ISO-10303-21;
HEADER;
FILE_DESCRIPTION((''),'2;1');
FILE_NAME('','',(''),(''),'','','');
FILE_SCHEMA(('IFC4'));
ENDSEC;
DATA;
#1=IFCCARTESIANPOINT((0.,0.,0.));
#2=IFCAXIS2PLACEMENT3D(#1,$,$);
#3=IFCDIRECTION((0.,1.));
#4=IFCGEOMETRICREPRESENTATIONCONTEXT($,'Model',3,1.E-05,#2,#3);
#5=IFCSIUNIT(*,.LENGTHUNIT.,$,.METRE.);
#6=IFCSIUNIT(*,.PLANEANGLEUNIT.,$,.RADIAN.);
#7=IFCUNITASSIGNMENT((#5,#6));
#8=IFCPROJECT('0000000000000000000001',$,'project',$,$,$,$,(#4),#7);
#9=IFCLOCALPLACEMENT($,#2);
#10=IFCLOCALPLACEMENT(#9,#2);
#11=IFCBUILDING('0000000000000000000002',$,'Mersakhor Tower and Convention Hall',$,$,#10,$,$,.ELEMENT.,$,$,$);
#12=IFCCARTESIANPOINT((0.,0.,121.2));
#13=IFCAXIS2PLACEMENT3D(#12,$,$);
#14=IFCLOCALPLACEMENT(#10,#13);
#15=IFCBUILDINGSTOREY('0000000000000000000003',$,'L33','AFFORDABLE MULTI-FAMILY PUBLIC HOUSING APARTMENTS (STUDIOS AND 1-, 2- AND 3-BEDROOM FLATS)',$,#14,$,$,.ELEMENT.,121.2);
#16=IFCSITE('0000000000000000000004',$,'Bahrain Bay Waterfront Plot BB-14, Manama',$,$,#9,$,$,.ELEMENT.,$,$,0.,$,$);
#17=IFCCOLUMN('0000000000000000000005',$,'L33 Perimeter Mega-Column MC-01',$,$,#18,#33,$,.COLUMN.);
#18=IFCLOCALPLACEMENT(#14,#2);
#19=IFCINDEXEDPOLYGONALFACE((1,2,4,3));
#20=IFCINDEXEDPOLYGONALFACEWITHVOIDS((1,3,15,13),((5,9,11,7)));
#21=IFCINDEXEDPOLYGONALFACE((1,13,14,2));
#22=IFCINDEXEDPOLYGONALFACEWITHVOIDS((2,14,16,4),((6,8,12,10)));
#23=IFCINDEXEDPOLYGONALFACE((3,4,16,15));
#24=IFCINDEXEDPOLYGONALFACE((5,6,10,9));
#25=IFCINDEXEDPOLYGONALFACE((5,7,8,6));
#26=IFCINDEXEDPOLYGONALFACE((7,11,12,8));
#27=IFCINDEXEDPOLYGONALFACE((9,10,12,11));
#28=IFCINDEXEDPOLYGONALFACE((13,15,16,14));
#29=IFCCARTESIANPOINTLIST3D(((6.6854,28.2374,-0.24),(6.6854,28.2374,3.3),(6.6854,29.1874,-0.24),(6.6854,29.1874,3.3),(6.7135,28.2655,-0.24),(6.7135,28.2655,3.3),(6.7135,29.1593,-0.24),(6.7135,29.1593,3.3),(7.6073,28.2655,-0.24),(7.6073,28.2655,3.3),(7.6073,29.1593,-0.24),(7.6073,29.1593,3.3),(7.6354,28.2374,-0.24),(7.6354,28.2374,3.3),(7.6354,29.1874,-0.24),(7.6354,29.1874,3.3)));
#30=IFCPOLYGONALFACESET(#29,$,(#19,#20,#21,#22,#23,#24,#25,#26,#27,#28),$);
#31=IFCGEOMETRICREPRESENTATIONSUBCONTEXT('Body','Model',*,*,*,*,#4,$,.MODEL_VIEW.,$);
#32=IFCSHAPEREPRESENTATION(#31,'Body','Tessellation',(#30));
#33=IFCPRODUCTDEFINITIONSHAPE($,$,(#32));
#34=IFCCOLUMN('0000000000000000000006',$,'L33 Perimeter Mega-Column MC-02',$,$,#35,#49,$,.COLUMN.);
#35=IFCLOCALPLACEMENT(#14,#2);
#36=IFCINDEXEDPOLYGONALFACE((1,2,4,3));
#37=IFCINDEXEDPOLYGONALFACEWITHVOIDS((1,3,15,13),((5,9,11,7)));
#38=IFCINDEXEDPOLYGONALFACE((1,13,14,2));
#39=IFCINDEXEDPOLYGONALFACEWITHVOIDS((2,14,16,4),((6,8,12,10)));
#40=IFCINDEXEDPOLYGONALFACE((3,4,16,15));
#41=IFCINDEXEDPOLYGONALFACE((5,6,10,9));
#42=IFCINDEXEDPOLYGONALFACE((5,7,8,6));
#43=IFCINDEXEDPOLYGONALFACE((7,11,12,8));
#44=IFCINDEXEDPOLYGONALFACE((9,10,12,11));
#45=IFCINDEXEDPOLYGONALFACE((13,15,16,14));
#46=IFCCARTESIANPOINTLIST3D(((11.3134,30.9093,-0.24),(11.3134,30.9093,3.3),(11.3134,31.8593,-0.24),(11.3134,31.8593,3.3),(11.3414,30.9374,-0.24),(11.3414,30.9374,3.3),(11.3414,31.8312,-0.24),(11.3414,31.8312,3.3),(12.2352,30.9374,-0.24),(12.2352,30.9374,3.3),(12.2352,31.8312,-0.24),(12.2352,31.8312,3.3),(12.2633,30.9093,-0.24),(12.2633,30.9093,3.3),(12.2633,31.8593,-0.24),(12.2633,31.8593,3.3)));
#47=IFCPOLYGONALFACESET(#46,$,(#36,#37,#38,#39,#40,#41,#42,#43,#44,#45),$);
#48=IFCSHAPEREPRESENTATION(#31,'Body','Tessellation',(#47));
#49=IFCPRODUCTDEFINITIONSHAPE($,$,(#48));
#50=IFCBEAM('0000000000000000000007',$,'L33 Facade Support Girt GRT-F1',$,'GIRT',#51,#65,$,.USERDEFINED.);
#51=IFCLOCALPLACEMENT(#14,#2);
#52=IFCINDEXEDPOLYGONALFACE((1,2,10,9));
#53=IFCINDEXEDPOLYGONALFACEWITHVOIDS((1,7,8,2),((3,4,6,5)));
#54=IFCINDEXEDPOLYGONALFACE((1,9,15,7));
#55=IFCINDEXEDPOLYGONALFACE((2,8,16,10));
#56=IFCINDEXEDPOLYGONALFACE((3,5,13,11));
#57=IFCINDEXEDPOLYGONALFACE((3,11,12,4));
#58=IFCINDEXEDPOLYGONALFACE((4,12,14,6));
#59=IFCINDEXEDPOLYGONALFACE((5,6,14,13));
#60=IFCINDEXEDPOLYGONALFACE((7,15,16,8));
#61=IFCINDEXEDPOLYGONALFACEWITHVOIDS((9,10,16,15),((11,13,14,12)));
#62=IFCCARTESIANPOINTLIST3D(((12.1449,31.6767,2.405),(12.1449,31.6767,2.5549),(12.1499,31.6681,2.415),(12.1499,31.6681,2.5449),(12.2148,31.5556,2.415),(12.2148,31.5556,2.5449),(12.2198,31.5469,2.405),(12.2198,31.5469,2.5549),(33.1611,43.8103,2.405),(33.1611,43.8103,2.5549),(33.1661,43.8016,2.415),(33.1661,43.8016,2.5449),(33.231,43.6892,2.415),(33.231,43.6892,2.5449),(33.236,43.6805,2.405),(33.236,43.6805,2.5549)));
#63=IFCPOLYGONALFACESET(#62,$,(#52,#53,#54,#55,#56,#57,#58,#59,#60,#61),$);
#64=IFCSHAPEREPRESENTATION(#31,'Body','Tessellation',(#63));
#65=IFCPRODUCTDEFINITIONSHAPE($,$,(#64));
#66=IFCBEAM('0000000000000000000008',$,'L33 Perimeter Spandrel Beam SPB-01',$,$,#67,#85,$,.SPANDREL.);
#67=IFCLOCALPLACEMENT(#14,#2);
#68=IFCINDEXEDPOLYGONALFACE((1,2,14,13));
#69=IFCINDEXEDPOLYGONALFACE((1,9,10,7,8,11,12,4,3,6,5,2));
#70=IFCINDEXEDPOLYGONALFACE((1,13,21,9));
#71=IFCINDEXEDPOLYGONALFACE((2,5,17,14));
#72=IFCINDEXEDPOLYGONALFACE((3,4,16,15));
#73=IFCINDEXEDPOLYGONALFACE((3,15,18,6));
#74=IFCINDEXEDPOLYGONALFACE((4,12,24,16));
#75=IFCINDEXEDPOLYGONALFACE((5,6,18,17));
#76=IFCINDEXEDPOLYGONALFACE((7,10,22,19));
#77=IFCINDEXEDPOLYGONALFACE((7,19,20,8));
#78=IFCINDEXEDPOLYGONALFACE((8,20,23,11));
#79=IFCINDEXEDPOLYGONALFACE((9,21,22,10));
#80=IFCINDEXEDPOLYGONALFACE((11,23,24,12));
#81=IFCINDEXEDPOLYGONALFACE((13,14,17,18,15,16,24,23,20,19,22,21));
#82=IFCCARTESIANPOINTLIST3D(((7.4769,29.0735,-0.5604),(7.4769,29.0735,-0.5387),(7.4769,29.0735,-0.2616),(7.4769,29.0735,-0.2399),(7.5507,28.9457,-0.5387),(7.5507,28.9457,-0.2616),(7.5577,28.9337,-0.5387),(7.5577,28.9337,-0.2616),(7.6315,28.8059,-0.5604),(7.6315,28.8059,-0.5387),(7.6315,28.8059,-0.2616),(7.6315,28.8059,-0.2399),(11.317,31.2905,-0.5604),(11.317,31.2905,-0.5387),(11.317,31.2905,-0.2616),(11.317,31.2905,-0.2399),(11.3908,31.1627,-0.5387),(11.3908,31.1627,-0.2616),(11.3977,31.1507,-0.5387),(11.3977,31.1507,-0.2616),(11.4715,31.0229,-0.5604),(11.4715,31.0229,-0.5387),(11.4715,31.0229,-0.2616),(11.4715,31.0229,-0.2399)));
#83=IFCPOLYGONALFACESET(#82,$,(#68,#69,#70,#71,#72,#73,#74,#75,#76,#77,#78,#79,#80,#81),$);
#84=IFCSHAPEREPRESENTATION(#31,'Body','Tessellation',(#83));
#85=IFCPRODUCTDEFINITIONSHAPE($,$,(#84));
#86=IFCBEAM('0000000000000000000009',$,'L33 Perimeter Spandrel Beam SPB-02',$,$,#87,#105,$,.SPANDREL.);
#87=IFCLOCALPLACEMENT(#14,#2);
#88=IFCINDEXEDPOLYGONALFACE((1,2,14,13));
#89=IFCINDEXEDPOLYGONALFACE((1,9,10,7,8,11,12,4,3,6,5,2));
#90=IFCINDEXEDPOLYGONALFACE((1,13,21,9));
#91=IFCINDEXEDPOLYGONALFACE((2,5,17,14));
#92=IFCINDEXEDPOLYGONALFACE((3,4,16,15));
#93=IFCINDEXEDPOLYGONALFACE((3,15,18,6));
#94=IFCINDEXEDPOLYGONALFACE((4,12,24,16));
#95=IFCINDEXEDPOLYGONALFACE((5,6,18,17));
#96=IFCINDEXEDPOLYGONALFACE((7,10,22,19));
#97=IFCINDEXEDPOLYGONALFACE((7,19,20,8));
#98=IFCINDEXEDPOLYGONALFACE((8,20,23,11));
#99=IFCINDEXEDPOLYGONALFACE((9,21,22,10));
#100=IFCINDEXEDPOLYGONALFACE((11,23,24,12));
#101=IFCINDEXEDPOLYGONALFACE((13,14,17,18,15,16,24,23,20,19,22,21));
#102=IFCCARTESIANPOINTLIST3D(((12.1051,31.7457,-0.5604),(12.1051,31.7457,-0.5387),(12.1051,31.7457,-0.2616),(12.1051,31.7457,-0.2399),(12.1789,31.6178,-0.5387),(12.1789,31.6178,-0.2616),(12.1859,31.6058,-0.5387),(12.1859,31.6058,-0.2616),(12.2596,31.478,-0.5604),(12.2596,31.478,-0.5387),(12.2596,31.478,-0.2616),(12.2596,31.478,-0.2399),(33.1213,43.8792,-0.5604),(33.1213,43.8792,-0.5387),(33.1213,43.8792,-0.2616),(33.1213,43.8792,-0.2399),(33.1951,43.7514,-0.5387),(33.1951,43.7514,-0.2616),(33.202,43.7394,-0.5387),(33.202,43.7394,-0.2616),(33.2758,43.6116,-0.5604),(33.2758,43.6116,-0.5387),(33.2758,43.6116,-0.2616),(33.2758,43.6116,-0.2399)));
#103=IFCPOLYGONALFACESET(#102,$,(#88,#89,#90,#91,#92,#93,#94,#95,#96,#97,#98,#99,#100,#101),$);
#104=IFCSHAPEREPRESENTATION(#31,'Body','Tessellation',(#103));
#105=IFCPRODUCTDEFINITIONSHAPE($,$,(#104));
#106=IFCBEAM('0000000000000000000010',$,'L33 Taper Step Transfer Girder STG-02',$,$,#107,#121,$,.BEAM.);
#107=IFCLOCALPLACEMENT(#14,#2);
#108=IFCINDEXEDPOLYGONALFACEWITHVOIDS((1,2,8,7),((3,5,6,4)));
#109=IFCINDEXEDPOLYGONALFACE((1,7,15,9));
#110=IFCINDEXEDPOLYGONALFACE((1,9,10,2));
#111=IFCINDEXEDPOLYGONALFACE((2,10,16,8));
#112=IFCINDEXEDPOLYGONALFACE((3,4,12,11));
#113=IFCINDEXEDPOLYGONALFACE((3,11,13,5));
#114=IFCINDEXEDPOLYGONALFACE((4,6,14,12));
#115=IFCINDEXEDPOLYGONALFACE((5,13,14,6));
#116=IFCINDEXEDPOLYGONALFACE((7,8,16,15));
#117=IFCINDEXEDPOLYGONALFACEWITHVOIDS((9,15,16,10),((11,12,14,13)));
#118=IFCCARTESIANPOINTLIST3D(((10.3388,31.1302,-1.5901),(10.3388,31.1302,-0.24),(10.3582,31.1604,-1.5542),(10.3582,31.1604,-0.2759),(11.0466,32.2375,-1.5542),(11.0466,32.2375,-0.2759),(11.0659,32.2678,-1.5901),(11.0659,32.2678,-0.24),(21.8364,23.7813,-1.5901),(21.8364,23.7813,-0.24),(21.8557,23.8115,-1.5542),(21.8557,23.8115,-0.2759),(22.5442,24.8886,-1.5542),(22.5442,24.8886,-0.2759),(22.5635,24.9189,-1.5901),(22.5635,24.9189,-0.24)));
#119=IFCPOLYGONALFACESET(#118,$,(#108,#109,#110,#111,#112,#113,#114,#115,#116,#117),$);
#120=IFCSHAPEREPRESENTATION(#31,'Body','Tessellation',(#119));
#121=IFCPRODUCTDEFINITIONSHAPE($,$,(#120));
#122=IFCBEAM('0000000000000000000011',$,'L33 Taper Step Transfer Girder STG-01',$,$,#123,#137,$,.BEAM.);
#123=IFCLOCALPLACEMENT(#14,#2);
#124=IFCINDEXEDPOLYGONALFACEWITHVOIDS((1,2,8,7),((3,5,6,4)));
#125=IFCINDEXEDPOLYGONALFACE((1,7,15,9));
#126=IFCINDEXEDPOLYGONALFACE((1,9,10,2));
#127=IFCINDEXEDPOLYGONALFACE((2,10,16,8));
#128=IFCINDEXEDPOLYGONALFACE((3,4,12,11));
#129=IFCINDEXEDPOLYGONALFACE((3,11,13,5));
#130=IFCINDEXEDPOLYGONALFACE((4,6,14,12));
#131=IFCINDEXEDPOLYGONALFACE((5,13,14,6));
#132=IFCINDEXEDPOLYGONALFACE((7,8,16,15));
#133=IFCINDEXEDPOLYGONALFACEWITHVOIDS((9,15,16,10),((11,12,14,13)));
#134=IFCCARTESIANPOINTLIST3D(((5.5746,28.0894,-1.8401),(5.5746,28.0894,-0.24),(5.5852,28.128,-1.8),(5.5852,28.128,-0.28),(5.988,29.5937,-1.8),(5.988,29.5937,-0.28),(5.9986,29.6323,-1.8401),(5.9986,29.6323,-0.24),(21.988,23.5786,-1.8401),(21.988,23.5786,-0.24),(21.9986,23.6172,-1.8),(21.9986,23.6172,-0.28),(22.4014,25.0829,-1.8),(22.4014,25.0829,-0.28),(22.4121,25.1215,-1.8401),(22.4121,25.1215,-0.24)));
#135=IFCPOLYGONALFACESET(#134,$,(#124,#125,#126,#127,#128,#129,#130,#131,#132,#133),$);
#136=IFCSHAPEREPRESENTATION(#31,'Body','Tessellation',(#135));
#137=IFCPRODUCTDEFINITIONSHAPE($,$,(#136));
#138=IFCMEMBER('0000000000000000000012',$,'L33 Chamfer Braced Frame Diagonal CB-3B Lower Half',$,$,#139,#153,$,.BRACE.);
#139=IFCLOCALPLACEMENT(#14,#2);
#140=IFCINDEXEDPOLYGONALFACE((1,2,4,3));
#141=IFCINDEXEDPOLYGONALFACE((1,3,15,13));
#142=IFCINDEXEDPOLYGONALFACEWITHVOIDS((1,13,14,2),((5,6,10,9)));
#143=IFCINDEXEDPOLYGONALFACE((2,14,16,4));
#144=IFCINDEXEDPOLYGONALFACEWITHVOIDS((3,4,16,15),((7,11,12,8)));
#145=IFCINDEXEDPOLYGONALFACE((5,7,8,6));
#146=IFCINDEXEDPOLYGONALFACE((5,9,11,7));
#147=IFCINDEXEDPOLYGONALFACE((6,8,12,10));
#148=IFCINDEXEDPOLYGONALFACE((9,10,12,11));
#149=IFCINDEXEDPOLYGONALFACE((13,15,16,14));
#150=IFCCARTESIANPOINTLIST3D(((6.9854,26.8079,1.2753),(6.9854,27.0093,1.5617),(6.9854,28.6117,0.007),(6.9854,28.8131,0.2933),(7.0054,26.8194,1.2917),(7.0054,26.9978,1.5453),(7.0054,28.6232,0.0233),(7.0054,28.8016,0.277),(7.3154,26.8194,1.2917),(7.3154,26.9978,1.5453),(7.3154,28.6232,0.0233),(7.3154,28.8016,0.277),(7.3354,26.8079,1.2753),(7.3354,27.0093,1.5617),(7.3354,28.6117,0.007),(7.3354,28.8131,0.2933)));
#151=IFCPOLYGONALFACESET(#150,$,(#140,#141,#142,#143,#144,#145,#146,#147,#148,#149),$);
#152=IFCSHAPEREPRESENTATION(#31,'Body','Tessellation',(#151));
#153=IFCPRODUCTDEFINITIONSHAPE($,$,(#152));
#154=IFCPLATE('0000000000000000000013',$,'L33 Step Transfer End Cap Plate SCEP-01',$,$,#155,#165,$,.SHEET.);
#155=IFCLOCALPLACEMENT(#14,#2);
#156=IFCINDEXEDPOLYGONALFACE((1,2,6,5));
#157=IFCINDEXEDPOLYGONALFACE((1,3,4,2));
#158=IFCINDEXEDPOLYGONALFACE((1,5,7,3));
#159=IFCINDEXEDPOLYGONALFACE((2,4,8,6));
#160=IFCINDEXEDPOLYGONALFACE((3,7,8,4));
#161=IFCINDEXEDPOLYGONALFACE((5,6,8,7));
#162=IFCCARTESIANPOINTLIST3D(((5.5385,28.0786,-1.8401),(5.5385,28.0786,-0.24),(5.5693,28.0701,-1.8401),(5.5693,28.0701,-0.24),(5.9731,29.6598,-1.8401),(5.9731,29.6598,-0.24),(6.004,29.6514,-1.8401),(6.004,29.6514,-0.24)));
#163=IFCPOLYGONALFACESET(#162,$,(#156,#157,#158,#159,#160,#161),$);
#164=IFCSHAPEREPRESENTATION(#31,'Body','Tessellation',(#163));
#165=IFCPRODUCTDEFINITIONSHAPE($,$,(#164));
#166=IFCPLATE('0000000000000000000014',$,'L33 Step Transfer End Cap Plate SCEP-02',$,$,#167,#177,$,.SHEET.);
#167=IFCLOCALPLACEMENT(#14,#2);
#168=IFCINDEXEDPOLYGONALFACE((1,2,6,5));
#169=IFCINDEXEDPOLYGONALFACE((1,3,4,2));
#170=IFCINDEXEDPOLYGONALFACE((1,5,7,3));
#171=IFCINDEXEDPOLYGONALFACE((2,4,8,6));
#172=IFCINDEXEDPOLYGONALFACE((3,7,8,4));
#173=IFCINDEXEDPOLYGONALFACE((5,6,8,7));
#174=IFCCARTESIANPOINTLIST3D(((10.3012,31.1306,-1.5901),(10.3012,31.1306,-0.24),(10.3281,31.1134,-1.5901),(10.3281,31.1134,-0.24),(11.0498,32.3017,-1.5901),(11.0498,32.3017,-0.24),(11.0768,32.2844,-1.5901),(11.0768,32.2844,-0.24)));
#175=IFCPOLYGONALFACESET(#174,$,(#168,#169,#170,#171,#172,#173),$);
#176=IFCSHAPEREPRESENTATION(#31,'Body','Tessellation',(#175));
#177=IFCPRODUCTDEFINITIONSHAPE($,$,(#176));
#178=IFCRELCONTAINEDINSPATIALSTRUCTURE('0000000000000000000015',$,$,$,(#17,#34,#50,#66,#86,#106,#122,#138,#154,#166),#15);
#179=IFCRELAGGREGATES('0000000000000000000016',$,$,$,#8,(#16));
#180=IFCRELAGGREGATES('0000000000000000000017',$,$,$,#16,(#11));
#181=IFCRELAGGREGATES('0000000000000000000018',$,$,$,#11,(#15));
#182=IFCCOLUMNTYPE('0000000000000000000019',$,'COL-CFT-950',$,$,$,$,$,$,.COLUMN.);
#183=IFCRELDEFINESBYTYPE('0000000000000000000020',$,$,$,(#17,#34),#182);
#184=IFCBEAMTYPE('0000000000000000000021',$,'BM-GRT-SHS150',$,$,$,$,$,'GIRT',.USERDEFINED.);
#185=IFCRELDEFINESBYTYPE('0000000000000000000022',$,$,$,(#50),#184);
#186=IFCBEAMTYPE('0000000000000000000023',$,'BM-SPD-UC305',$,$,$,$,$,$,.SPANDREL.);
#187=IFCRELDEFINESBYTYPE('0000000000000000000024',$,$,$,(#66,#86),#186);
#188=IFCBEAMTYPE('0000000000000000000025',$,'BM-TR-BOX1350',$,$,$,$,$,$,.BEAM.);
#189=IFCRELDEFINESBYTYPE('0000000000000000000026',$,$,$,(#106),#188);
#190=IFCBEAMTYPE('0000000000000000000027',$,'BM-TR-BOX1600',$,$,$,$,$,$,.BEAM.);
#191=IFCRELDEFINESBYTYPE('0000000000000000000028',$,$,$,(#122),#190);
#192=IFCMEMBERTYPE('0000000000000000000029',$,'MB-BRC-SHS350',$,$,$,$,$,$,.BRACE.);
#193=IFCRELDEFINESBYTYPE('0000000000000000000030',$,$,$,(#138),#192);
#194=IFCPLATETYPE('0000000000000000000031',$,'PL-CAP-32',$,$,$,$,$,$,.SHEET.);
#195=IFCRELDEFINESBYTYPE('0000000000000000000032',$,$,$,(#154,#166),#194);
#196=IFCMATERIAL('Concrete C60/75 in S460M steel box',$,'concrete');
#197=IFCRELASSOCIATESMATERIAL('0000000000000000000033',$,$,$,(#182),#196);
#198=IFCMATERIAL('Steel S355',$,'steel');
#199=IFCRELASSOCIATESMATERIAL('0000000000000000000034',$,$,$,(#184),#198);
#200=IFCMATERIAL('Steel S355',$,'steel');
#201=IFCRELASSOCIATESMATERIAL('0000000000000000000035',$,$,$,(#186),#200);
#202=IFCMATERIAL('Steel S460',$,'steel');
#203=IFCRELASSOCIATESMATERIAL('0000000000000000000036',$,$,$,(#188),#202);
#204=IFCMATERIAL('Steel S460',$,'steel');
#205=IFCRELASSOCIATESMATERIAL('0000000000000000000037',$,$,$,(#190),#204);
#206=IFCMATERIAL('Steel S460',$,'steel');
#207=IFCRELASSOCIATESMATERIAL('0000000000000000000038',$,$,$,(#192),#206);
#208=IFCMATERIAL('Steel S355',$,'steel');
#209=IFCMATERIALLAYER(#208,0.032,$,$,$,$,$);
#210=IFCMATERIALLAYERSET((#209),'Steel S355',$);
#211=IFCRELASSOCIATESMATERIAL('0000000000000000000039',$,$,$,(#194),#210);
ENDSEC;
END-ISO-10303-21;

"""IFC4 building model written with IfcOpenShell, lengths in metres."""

from ifc_helpers import new_model, si_unit, direction, frame, origin, origin_2d, place, context, subcontext, project, spatial, rectangle, hollow_rectangle, i_section, extrude, material, layer, layer_set, material_profile, profile_set, type_object, element, save


model = new_model("IFC4")

# Units and contexts
model_context = context("Model", 3, precision=1e-05, world=origin(), true_north=direction((0.0, 1.0)))
body_context = subcontext(model_context, "Body", "Model", "MODEL_VIEW")
ifc_project = project(units=[si_unit("LENGTHUNIT", "METRE"), si_unit("PLANEANGLEUNIT", "RADIAN")], contexts=[model_context])

# Site, building, storey
site_placement = place(None, origin())
site = spatial("IfcSite", under=ifc_project, at=site_placement, Name="Bahrain Bay Waterfront Plot BB-14, Manama", CompositionType="ELEMENT", RefElevation=0.0)
building_placement = place(site_placement, origin())
building = spatial("IfcBuilding", under=site, at=building_placement, Name="Mersakhor Tower and Convention Hall", CompositionType="ELEMENT")
storey_placement = place(building_placement, frame((0.0, 0.0, 121.2)))
storey = spatial("IfcBuildingStorey", under=building, at=storey_placement, Name="L33", Description="AFFORDABLE MULTI-FAMILY PUBLIC HOUSING APARTMENTS (STUDIOS AND 1-, 2- AND 3-BEDROOM FLATS)", CompositionType="ELEMENT", Elevation=121.2)

# Columns
ifc_material_1 = material(Name="Concrete C60/75 in S460M steel box", Category="concrete")
ifc_material_profile_1 = material_profile(ifc_material_1, hollow_rectangle(XDim=0.95, YDim=0.95, WallThickness=0.0281, at=origin_2d()), Name="SHS 950x950x28")
ifc_profile_set_1 = profile_set([ifc_material_profile_1], Name="Concrete C60/75 in S460M steel box")
column_type = type_object("IfcColumnType", Name="COL-CFT-950", PredefinedType="COLUMN", material=ifc_profile_set_1)
for number, where, z_axis, x_axis, name in (
    (1, (7.1604, 28.7124, -0.24), (0.0, 0.0, 1.0), (1.0, 0.0, 0.0), "L33 Perimeter Mega-Column MC-01"),
    (2, (11.7883, 31.3843, -0.24), (0.0, 0.0, 1.0), (1.0, 0.0, 0.0), "L33 Perimeter Mega-Column MC-02"),
):
    element("IfcColumn", number, at=place(storey_placement, frame(where, z_axis=z_axis, x_axis=x_axis)), inside=storey, type_object=column_type, Name=name, PredefinedType="COLUMN", context=body_context, shape_type="SweptSolid", body=[
        extrude(hollow_rectangle(XDim=0.95, YDim=0.95, WallThickness=0.0281, at=origin_2d()), origin(), (0.0, 0.0, 1.0), 3.54),
    ])

# Beams
ifc_material_2 = material(Name="Steel S355", Category="steel")
ifc_material_profile_2 = material_profile(ifc_material_2, hollow_rectangle(XDim=0.1499, YDim=0.1499, WallThickness=0.01, at=origin_2d()), Name="SHS 150x150x10")
ifc_profile_set_2 = profile_set([ifc_material_profile_2], Name="Steel S355")
beam_type_1 = type_object("IfcBeamType", Name="BM-GRT-SHS150", ElementType="GIRT", PredefinedType="USERDEFINED", material=ifc_profile_set_2)
beam_1_placement = place(storey_placement, frame((12.1824, 31.6118, 2.48), z_axis=(0.866027, 0.499996, 0.0), x_axis=(-0.499996, 0.866027, 0.0)))
element("IfcBeam", 3, at=beam_1_placement, inside=storey, type_object=beam_type_1, Name="L33 Facade Support Girt GRT-F1", ObjectType="GIRT", PredefinedType="USERDEFINED", context=body_context, shape_type="SweptSolid", body=[
    extrude(hollow_rectangle(XDim=0.1499, YDim=0.1499, WallThickness=0.01, at=origin_2d()), origin(), (0.0, 0.0, 1.0), 24.2673),
])
ifc_material_3 = material(Name="Steel S355", Category="steel")
ifc_material_profile_3 = material_profile(ifc_material_3, i_section(OverallWidth=0.3091, OverallDepth=0.3206, WebThickness=0.0139, FlangeThickness=0.0217, at=origin_2d()), Name="UC 305x305x137")
ifc_profile_set_3 = profile_set([ifc_material_profile_3], Name="Steel S355")
beam_type_2 = type_object("IfcBeamType", Name="BM-SPD-UC305", PredefinedType="SPANDREL", material=ifc_profile_set_3)
beam_2_placement = place(storey_placement, frame((7.5542, 28.9397, -0.4001), z_axis=(0.866029, 0.499994, 0.0), x_axis=(-0.499994, 0.866029, 0.0)))
element("IfcBeam", 4, at=beam_2_placement, inside=storey, type_object=beam_type_2, Name="L33 Perimeter Spandrel Beam SPB-01", PredefinedType="SPANDREL", context=body_context, shape_type="SweptSolid", body=[
    extrude(i_section(OverallWidth=0.3091, OverallDepth=0.3206, WebThickness=0.0139, FlangeThickness=0.0217, at=origin_2d()), origin(), (0.0, 0.0, 1.0), 4.4341),
])
beam_3_placement = place(storey_placement, frame((12.1824, 31.6118, -0.4001), z_axis=(0.866027, 0.499996, 0.0), x_axis=(-0.499996, 0.866027, 0.0)))
element("IfcBeam", 5, at=beam_3_placement, inside=storey, type_object=beam_type_2, Name="L33 Perimeter Spandrel Beam SPB-02", PredefinedType="SPANDREL", context=body_context, shape_type="SweptSolid", body=[
    extrude(i_section(OverallWidth=0.3091, OverallDepth=0.3206, WebThickness=0.0139, FlangeThickness=0.0217, at=origin_2d()), origin(), (0.0, 0.0, 1.0), 24.2673),
])
ifc_material_4 = material(Name="Steel S460", Category="steel")
ifc_material_profile_4 = material_profile(ifc_material_4, hollow_rectangle(XDim=1.3501, YDim=1.3501, WallThickness=0.0359, at=origin_2d()), Name="SHS 1350x1350x36")
ifc_profile_set_4 = profile_set([ifc_material_profile_4], Name="Steel S460")
beam_type_3 = type_object("IfcBeamType", Name="BM-TR-BOX1350", PredefinedType="BEAM", material=ifc_profile_set_4)
beam_4_placement = place(storey_placement, frame((10.7024, 31.699, -0.915), z_axis=(0.842589, -0.538557, 0.0), x_axis=(0.538557, 0.842589, 0.0)))
element("IfcBeam", 6, at=beam_4_placement, inside=storey, type_object=beam_type_3, Name="L33 Taper Step Transfer Girder STG-02", PredefinedType="BEAM", context=body_context, shape_type="SweptSolid", body=[
    extrude(hollow_rectangle(XDim=1.3501, YDim=1.3501, WallThickness=0.0359, at=origin_2d()), origin(), (0.0, 0.0, 1.0), 13.6455),
])
ifc_material_5 = material(Name="Steel S460", Category="steel")
ifc_material_profile_5 = material_profile(ifc_material_5, hollow_rectangle(XDim=1.6001, YDim=1.6001, WallThickness=0.04, at=origin_2d()), Name="SHS 1600x1600x40")
ifc_profile_set_5 = profile_set([ifc_material_profile_5], Name="Steel S460")
beam_type_4 = type_object("IfcBeamType", Name="BM-TR-BOX1600", PredefinedType="BEAM", material=ifc_profile_set_5)
beam_5_placement = place(storey_placement, frame((5.7866, 28.8608, -1.04), z_axis=(0.964249, -0.264997, 0.0), x_axis=(0.264997, 0.964249, 0.0)))
element("IfcBeam", 7, at=beam_5_placement, inside=storey, type_object=beam_type_4, Name="L33 Taper Step Transfer Girder STG-01", PredefinedType="BEAM", context=body_context, shape_type="SweptSolid", body=[
    extrude(hollow_rectangle(XDim=1.6001, YDim=1.6001, WallThickness=0.04, at=origin_2d()), origin(), (0.0, 0.0, 1.0), 17.022),
])

# Member
ifc_material_6 = material(Name="Steel S460", Category="steel")
ifc_material_profile_6 = material_profile(ifc_material_6, hollow_rectangle(XDim=0.3501, YDim=0.3501, WallThickness=0.02, at=origin_2d()), Name="SHS 350x350x20")
ifc_profile_set_6 = profile_set([ifc_material_profile_6], Name="Steel S460")
member_type = type_object("IfcMemberType", Name="MB-BRC-SHS350", PredefinedType="BRACE", material=ifc_profile_set_6)
member_placement = place(storey_placement, frame((7.1604, 28.7124, 0.1501), z_axis=(0.0, -0.818013, 0.5752), x_axis=(1.0, 0.0, 0.0)))
element("IfcMember", 8, at=member_placement, inside=storey, type_object=member_type, Name="L33 Chamfer Braced Frame Diagonal CB-3B Lower Half", PredefinedType="BRACE", context=body_context, shape_type="SweptSolid", body=[
    extrude(hollow_rectangle(XDim=0.3501, YDim=0.3501, WallThickness=0.02, at=origin_2d()), origin(), (0.0, 0.0, 1.0), 2.2051),
])

# Plates
ifc_material_7 = material(Name="Steel S355", Category="steel")
ifc_layer_1 = layer(ifc_material_7, 0.032)
ifc_layer_set_1 = layer_set([ifc_layer_1], Name="Steel S355")
plate_type_1 = type_object("IfcPlateType", Name="PL-CAP-32", PredefinedType="SHEET", material=ifc_layer_set_1)
plate_1_placement = place(storey_placement, frame((5.7712, 28.865, -1.8401), z_axis=(0.0, 0.0, 1.0), x_axis=(0.964234, -0.265051, 0.0)))
element("IfcPlate", 9, at=plate_1_placement, inside=storey, type_object=plate_type_1, Name="L33 Step Transfer End Cap Plate SCEP-01", PredefinedType="SHEET", context=body_context, shape_type="SweptSolid", body=[
    extrude(rectangle(XDim=0.032, YDim=1.6399, at=origin_2d()), origin(), (0.0, 0.0, 1.0), 1.6001),
])
plate_2_placement = place(storey_placement, frame((10.689, 31.7075, -1.5901), z_axis=(0.0, 0.0, 1.0), x_axis=(0.842546, -0.538624, 0.0)))
element("IfcPlate", 10, at=plate_2_placement, inside=storey, type_object=plate_type_1, Name="L33 Step Transfer End Cap Plate SCEP-02", PredefinedType="SHEET", context=body_context, shape_type="SweptSolid", body=[
    extrude(rectangle(XDim=0.032, YDim=1.3899, at=origin_2d()), origin(), (0.0, 0.0, 1.0), 1.3501),
])

save(model, "model.ifc")
